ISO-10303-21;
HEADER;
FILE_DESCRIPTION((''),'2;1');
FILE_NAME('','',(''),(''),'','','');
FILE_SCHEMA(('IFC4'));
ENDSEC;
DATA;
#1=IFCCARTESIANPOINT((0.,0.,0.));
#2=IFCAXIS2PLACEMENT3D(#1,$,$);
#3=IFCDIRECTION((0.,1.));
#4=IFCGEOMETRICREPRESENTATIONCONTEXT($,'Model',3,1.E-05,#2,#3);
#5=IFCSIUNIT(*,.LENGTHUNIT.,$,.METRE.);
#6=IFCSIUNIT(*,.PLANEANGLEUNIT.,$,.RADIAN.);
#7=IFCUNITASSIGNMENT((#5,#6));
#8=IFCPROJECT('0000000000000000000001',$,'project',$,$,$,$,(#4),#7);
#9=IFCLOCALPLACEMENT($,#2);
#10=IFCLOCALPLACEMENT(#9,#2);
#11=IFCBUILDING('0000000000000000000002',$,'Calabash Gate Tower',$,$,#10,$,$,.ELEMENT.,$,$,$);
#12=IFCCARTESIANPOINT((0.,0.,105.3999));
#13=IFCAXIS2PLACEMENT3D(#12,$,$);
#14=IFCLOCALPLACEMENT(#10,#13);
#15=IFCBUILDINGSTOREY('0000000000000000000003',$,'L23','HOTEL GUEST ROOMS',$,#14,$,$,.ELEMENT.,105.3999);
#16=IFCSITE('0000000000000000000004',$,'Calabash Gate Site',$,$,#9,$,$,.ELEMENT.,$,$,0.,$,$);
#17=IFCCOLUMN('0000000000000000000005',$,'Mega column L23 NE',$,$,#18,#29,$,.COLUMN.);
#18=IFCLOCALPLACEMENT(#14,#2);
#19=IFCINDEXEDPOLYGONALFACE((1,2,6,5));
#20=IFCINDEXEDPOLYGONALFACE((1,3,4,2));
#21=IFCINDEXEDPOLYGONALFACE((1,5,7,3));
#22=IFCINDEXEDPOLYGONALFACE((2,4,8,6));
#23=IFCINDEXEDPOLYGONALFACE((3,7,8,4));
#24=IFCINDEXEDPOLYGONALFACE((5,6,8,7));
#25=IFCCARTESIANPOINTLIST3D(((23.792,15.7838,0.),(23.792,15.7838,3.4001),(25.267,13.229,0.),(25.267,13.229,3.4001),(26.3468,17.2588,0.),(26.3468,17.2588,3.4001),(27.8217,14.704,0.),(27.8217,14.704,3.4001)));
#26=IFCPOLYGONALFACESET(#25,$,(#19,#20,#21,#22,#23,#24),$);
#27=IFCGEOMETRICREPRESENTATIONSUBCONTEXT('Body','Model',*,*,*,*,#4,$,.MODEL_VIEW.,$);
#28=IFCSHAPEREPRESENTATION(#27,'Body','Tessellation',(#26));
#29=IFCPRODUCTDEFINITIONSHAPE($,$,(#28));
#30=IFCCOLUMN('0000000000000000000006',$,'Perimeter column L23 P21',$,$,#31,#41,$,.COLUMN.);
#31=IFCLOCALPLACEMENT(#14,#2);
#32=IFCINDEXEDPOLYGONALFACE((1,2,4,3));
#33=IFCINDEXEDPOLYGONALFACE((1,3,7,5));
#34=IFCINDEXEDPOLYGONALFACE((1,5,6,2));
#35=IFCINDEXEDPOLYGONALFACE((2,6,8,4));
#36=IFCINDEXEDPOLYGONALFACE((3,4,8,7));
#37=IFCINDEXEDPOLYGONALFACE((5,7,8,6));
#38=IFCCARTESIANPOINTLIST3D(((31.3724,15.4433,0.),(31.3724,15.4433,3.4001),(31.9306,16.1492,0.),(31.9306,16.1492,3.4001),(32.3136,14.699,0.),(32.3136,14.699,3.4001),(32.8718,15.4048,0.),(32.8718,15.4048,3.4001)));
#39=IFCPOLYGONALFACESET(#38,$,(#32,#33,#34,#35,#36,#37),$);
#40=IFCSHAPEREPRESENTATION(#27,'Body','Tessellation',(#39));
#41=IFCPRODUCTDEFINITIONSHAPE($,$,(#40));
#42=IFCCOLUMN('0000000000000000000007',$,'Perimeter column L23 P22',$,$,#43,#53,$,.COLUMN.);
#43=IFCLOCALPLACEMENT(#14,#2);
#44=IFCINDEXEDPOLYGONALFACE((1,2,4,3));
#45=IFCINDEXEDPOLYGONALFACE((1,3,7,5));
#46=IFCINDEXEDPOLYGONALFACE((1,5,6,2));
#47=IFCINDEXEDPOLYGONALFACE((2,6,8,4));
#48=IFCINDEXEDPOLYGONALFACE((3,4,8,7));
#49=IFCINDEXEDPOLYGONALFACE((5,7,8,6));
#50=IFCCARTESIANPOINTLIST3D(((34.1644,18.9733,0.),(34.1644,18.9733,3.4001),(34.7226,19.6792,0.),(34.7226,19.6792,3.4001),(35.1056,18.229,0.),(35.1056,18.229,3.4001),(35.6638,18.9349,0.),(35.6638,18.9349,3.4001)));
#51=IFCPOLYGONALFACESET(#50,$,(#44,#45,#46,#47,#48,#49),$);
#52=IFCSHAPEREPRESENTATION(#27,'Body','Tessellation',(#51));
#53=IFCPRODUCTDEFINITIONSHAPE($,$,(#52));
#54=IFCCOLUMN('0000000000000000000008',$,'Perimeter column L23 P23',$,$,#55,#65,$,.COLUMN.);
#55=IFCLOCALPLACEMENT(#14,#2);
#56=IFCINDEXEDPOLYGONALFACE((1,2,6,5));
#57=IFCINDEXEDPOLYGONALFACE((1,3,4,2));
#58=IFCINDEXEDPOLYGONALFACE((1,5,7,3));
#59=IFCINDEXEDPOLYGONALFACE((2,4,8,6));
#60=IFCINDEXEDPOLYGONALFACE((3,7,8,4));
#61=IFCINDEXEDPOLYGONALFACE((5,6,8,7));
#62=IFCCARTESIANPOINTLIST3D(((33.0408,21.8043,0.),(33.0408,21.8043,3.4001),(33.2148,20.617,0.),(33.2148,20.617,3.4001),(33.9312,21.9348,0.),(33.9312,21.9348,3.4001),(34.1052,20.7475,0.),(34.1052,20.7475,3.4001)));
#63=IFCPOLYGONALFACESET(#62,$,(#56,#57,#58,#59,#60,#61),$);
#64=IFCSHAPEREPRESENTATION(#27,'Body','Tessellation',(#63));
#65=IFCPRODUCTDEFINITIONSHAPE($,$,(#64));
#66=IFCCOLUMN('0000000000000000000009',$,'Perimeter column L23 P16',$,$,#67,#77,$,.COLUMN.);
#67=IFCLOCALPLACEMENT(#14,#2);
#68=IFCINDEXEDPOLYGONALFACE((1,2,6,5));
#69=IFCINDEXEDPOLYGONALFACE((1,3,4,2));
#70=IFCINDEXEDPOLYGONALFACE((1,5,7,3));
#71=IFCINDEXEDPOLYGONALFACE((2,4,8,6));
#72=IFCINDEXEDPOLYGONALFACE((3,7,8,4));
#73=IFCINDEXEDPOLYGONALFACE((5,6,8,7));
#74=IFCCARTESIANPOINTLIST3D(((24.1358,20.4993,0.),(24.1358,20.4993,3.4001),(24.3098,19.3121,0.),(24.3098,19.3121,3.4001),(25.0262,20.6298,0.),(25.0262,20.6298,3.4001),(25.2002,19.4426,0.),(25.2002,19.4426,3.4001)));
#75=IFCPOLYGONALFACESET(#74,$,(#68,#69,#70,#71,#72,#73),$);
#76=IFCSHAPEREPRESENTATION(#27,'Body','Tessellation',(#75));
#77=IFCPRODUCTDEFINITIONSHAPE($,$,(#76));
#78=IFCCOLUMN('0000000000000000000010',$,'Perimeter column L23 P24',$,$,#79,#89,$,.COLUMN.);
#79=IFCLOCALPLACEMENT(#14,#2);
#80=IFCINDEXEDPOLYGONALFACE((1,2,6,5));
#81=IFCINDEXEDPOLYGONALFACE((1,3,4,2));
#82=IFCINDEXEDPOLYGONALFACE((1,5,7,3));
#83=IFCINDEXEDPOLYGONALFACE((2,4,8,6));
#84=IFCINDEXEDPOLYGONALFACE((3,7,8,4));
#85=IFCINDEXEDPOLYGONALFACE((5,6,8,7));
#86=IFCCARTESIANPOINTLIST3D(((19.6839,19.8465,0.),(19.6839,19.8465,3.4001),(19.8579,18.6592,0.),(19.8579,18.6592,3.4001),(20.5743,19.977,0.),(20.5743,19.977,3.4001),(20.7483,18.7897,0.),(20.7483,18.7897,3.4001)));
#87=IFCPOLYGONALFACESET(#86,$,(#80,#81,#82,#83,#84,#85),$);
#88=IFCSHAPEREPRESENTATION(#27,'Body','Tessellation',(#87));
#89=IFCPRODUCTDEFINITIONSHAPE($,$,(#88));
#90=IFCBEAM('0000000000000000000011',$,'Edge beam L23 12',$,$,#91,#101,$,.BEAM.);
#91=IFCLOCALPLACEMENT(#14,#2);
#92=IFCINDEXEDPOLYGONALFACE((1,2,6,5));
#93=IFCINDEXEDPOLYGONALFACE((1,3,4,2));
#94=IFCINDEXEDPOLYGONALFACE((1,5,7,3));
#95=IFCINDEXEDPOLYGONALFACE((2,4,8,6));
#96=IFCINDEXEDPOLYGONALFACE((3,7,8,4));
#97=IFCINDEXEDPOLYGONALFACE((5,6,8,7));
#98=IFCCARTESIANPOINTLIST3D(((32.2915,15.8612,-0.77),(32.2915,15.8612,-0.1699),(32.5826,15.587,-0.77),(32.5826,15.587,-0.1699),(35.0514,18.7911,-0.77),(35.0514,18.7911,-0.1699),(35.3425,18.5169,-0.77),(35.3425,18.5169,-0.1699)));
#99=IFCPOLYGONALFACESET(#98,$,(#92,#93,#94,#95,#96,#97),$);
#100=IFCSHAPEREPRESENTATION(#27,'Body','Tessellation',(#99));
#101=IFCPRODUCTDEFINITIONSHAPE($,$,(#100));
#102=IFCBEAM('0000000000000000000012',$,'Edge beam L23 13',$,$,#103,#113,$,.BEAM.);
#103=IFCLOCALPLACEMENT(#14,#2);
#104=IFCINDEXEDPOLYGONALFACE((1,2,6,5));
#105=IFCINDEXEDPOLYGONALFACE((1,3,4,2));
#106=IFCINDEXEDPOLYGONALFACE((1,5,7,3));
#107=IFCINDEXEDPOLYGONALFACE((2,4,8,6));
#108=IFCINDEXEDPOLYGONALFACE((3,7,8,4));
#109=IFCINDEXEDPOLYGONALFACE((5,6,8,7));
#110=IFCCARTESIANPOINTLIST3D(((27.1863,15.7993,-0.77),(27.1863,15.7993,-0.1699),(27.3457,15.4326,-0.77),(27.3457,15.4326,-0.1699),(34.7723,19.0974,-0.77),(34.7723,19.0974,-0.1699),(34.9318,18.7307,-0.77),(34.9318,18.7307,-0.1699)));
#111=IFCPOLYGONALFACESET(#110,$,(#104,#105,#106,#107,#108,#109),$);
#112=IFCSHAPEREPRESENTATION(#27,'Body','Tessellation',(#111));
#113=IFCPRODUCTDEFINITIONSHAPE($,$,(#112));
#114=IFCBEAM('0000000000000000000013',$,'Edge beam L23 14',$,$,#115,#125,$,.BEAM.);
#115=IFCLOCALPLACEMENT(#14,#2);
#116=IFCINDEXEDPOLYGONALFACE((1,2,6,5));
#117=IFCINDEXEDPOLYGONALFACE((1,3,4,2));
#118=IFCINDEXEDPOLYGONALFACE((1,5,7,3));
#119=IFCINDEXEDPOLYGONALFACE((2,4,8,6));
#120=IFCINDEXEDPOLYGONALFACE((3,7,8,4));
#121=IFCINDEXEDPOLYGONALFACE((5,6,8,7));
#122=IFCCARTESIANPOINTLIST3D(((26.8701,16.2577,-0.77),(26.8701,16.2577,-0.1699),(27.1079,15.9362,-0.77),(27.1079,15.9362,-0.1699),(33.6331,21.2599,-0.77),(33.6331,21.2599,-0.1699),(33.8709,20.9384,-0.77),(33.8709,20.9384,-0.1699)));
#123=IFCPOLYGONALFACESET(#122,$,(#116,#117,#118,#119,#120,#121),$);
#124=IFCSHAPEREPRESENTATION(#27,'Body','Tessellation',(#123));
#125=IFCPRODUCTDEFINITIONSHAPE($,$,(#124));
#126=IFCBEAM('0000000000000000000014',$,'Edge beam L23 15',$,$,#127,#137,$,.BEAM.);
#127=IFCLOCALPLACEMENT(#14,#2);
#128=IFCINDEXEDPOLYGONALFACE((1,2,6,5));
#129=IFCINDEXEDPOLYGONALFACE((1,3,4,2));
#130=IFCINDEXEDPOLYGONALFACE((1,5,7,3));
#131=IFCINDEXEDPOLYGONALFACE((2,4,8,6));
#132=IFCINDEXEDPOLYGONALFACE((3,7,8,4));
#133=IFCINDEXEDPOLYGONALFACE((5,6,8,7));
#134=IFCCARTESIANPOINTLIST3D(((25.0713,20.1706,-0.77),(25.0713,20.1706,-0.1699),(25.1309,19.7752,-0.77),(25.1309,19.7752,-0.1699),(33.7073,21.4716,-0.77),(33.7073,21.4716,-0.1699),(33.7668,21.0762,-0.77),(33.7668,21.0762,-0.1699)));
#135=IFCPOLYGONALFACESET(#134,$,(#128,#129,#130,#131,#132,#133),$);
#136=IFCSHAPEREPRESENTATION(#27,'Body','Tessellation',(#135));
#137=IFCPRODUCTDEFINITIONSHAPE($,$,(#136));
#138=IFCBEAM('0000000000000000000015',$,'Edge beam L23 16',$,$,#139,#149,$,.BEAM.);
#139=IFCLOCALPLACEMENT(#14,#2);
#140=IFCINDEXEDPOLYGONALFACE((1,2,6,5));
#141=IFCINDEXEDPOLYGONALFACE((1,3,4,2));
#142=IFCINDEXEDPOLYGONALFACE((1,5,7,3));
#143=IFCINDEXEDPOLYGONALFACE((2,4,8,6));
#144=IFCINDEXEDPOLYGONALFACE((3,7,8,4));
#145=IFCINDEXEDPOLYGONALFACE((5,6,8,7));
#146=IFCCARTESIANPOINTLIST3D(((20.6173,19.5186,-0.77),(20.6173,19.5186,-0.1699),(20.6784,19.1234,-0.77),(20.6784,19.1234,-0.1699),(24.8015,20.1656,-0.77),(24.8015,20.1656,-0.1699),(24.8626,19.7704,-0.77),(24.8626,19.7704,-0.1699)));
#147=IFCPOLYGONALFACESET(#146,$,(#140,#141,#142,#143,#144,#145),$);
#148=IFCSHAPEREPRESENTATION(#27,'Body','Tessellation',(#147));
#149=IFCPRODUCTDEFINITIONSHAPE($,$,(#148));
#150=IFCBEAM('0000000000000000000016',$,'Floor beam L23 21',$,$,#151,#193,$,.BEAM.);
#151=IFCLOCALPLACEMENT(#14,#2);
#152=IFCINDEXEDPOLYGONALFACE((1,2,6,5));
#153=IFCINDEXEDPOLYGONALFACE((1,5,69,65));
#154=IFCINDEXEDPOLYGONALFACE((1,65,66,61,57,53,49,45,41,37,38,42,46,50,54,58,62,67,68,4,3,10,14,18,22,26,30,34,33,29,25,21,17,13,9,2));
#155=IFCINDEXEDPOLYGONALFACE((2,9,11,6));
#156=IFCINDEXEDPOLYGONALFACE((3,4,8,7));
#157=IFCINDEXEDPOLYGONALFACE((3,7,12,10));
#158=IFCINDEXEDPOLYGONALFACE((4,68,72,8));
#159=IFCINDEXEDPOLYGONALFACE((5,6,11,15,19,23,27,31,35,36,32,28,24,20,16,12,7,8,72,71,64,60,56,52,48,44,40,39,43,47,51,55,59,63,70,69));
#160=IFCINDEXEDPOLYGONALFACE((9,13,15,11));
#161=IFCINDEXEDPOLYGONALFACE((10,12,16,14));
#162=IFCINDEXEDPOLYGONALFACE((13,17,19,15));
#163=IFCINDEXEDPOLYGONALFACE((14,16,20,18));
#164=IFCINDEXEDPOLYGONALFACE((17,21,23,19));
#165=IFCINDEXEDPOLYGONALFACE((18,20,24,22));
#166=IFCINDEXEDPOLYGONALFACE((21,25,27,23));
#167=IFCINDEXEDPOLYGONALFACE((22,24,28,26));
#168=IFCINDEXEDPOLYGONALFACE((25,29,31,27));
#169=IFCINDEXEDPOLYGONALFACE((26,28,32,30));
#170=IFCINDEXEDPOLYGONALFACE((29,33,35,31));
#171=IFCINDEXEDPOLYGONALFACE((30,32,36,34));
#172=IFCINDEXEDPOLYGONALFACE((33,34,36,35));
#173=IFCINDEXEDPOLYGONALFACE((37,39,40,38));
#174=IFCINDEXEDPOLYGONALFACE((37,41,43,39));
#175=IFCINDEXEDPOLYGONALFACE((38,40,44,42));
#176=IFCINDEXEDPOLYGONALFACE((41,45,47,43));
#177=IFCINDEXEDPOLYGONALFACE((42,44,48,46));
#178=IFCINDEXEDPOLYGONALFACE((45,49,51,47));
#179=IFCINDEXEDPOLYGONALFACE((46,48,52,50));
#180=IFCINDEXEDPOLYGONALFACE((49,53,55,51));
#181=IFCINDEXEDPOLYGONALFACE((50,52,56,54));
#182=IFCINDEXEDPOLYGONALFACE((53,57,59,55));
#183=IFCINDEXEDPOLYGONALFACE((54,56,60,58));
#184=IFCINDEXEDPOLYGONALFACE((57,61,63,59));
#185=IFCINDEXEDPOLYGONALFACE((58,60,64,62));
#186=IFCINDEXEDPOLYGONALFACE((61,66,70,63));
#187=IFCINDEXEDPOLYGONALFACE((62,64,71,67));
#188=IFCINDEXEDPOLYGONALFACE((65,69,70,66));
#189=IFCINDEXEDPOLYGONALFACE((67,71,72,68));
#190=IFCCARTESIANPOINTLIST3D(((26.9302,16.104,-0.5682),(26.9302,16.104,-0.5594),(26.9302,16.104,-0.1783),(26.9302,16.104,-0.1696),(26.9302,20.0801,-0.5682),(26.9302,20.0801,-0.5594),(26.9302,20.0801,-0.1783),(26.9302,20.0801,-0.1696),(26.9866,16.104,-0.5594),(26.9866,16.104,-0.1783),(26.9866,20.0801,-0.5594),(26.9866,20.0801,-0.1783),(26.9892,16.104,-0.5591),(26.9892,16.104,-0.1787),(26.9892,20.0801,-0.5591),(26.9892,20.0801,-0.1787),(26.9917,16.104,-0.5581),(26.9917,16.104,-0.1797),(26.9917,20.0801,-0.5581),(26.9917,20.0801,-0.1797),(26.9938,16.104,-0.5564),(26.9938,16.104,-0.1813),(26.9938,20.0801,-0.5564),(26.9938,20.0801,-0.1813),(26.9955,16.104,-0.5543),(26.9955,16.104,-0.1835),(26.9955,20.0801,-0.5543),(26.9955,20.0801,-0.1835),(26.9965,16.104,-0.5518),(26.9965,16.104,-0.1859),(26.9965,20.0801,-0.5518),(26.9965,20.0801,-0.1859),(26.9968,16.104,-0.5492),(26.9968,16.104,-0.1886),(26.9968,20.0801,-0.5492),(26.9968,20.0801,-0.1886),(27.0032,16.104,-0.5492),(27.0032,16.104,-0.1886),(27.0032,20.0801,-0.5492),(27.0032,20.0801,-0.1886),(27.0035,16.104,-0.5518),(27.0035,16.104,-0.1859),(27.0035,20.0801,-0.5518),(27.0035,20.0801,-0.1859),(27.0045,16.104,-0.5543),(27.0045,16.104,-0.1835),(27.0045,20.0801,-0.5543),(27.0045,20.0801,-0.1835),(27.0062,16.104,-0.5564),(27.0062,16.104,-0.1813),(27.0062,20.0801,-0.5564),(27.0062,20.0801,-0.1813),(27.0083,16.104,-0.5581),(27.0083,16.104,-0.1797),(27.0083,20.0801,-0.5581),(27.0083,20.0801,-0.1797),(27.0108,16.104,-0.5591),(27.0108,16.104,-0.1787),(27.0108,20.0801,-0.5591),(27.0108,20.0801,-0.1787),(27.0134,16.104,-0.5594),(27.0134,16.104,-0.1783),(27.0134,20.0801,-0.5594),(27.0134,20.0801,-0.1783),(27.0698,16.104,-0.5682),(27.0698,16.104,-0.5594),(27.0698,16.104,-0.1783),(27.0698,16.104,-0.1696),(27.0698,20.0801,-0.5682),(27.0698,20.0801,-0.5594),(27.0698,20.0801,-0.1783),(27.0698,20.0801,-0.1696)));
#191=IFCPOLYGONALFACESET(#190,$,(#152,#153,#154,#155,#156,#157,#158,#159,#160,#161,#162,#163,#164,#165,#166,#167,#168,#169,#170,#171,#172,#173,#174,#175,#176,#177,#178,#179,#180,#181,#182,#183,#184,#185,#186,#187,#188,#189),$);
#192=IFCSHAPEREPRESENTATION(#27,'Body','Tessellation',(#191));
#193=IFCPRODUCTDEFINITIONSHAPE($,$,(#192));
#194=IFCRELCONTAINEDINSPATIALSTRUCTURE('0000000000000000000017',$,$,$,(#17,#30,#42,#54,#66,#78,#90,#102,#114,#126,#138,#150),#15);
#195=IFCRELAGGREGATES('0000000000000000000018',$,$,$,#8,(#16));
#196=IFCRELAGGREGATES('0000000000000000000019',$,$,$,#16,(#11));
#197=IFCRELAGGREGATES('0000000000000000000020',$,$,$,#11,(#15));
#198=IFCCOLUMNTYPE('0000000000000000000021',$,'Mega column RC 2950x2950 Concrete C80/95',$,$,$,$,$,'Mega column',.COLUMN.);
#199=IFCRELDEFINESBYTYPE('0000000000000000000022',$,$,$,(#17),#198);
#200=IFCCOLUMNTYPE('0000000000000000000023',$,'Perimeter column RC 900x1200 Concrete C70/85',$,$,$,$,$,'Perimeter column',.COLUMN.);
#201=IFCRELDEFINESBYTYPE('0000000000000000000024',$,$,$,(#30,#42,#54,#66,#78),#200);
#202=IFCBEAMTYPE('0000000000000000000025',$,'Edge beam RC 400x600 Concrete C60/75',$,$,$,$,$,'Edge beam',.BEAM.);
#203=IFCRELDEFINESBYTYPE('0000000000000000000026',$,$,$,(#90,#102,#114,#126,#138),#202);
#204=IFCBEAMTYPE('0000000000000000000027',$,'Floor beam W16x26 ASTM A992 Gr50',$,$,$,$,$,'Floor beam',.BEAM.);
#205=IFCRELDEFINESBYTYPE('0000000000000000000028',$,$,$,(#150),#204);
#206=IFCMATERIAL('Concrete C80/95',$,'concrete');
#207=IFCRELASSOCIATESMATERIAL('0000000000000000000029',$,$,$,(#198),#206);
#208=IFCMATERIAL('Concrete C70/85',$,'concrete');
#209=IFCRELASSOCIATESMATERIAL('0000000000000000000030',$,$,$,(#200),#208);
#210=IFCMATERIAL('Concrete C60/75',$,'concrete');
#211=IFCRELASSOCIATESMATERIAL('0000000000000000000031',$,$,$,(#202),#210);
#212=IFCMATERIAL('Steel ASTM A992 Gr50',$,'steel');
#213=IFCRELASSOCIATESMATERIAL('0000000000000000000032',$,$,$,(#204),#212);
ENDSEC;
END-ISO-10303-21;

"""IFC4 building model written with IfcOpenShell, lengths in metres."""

from ifc_helpers import new_model, si_unit, direction, frame, origin, origin_2d, place, context, subcontext, project, spatial, rectangle, i_section, extrude, material, material_profile, profile_set, type_object, element, save


model = new_model("IFC4")

# Units and contexts
model_context = context("Model", 3, precision=1e-05, world=origin(), true_north=direction((0.0, 1.0)))
body_context = subcontext(model_context, "Body", "Model", "MODEL_VIEW")
ifc_project = project(units=[si_unit("LENGTHUNIT", "METRE"), si_unit("PLANEANGLEUNIT", "RADIAN")], contexts=[model_context])

# Site, building, storey
site_placement = place(None, origin())
site = spatial("IfcSite", under=ifc_project, at=site_placement, Name="Calabash Gate Site", CompositionType="ELEMENT", RefElevation=0.0)
building_placement = place(site_placement, origin())
building = spatial("IfcBuilding", under=site, at=building_placement, Name="Calabash Gate Tower", CompositionType="ELEMENT")
storey_placement = place(building_placement, frame((0.0, 0.0, 105.3999)))
storey = spatial("IfcBuildingStorey", under=building, at=storey_placement, Name="L23", Description="HOTEL GUEST ROOMS", CompositionType="ELEMENT", Elevation=105.3999)

# Columns
ifc_material_1 = material(Name="Concrete C80/95", Category="concrete")
ifc_material_profile_1 = material_profile(ifc_material_1, rectangle(XDim=2.95, YDim=2.95, at=origin_2d()))
ifc_profile_set_1 = profile_set([ifc_material_profile_1], Name="Concrete C80/95")
column_type_1 = type_object("IfcColumnType", Name="Mega column RC 2950x2950 Concrete C80/95", ElementType="Mega column", PredefinedType="COLUMN", material=ifc_profile_set_1)
column_placement = place(storey_placement, frame((25.8069, 15.2439, 0.0), z_axis=(0.0, 0.0, 1.0), x_axis=(-0.866025, -0.5, 0.0)))
element("IfcColumn", 1, at=column_placement, inside=storey, type_object=column_type_1, Name="Mega column L23 NE", PredefinedType="COLUMN", context=body_context, shape_type="SweptSolid", body=[
    extrude(rectangle(XDim=2.95, YDim=2.95, at=origin_2d()), origin(), (0.0, 0.0, 1.0), 3.4001),
])
ifc_material_2 = material(Name="Concrete C70/85", Category="concrete")
ifc_material_profile_2 = material_profile(ifc_material_2, rectangle(XDim=0.8999, YDim=1.2, at=origin_2d()))
ifc_profile_set_2 = profile_set([ifc_material_profile_2], Name="Concrete C70/85")
column_type_2 = type_object("IfcColumnType", Name="Perimeter column RC 900x1200 Concrete C70/85", ElementType="Perimeter column", PredefinedType="COLUMN", material=ifc_profile_set_2)
for number, where, z_axis, x_axis, name in (
    (2, (32.1221, 15.4241, 0.0), (0.0, 0.0, 1.0), (0.620301, 0.784364, 0.0), "Perimeter column L23 P21"),
    (3, (34.9141, 18.9541, 0.0), (0.0, 0.0, 1.0), (0.620301, 0.784364, 0.0), "Perimeter column L23 P22"),
    (4, (33.573, 21.2759, 0.0), (0.0, 0.0, 1.0), (-0.98943, -0.145015, 0.0), "Perimeter column L23 P23"),
    (5, (24.668, 19.9709, 0.0), (0.0, 0.0, 1.0), (-0.98943, -0.145015, 0.0), "Perimeter column L23 P16"),
    (6, (20.2161, 19.3181, 0.0), (0.0, 0.0, 1.0), (-0.98943, -0.145015, 0.0), "Perimeter column L23 P24"),
):
    element("IfcColumn", number, at=place(storey_placement, frame(where, z_axis=z_axis, x_axis=x_axis)), inside=storey, type_object=column_type_2, Name=name, PredefinedType="COLUMN", context=body_context, shape_type="SweptSolid", body=[
        extrude(rectangle(XDim=0.8999, YDim=1.2, at=origin_2d()), origin(), (0.0, 0.0, 1.0), 3.4001),
    ])

# Beams
ifc_material_3 = material(Name="Concrete C60/75", Category="concrete")
ifc_material_profile_3 = material_profile(ifc_material_3, rectangle(XDim=0.3999, YDim=0.6001, at=origin_2d()))
ifc_profile_set_3 = profile_set([ifc_material_profile_3], Name="Concrete C60/75")
beam_type_1 = type_object("IfcBeamType", Name="Edge beam RC 400x600 Concrete C60/75", ElementType="Edge beam", PredefinedType="BEAM", material=ifc_profile_set_3)
beam_1_placement = place(storey_placement, frame((32.437, 15.7241, -0.47), z_axis=(0.685684, 0.727899, 0.0), x_axis=(-0.727899, 0.685684, 0.0)))
element("IfcBeam", 7, at=beam_1_placement, inside=storey, type_object=beam_type_1, Name="Edge beam L23 12", PredefinedType="BEAM", context=body_context, shape_type="SweptSolid", body=[
    extrude(rectangle(XDim=0.3999, YDim=0.6001, at=origin_2d()), origin(), (0.0, 0.0, 1.0), 4.0251),
])
beam_2_placement = place(storey_placement, frame((34.8521, 18.9141, -0.47), z_axis=(-0.917076, -0.398712, 0.0), x_axis=(0.398712, -0.917076, 0.0)))
element("IfcBeam", 8, at=beam_2_placement, inside=storey, type_object=beam_type_1, Name="Edge beam L23 13", PredefinedType="BEAM", context=body_context, shape_type="SweptSolid", body=[
    extrude(rectangle(XDim=0.3999, YDim=0.6001, at=origin_2d()), origin(), (0.0, 0.0, 1.0), 8.272),
])
beam_3_placement = place(storey_placement, frame((26.989, 16.0969, -0.47), z_axis=(0.803977, 0.59466, 0.0), x_axis=(-0.59466, 0.803977, 0.0)))
element("IfcBeam", 9, at=beam_3_placement, inside=storey, type_object=beam_type_1, Name="Edge beam L23 14", PredefinedType="BEAM", context=body_context, shape_type="SweptSolid", body=[
    extrude(rectangle(XDim=0.3999, YDim=0.6001, at=origin_2d()), origin(), (0.0, 0.0, 1.0), 8.4119),
])
beam_4_placement = place(storey_placement, frame((33.7371, 21.2739, -0.47), z_axis=(-0.988842, -0.148971, 0.0), x_axis=(0.148971, -0.988842, 0.0)))
element("IfcBeam", 10, at=beam_4_placement, inside=storey, type_object=beam_type_1, Name="Edge beam L23 15", PredefinedType="BEAM", context=body_context, shape_type="SweptSolid", body=[
    extrude(rectangle(XDim=0.3999, YDim=0.6001, at=origin_2d()), origin(), (0.0, 0.0, 1.0), 8.7334),
])
beam_5_placement = place(storey_placement, frame((24.832, 19.968, -0.47), z_axis=(-0.988255, -0.152811, 0.0), x_axis=(0.152811, -0.988255, 0.0)))
element("IfcBeam", 11, at=beam_5_placement, inside=storey, type_object=beam_type_1, Name="Edge beam L23 16", PredefinedType="BEAM", context=body_context, shape_type="SweptSolid", body=[
    extrude(rectangle(XDim=0.3999, YDim=0.6001, at=origin_2d()), origin(), (0.0, 0.0, 1.0), 4.2339),
])
ifc_material_4 = material(Name="Steel ASTM A992 Gr50", Category="steel")
ifc_material_profile_4 = material_profile(ifc_material_4, i_section(OverallWidth=0.1396, OverallDepth=0.3987, WebThickness=0.0063, FlangeThickness=0.0088, FilletRadius=0.0103, at=origin_2d()))
ifc_profile_set_4 = profile_set([ifc_material_profile_4], Name="Steel ASTM A992 Gr50")
beam_type_2 = type_object("IfcBeamType", Name="Floor beam W16x26 ASTM A992 Gr50", ElementType="Floor beam", PredefinedType="BEAM", material=ifc_profile_set_4)
beam_6_placement = place(storey_placement, frame((27.0, 16.104, -0.3689), z_axis=(0.0, 1.0, 0.0), x_axis=(-1.0, 0.0, 0.0)))
element("IfcBeam", 12, at=beam_6_placement, inside=storey, type_object=beam_type_2, Name="Floor beam L23 21", PredefinedType="BEAM", context=body_context, shape_type="SweptSolid", body=[
    extrude(i_section(OverallWidth=0.1396, OverallDepth=0.3987, WebThickness=0.0063, FlangeThickness=0.0088, FilletRadius=0.0103, at=origin_2d()), origin(), (0.0, 0.0, 1.0), 3.9761),
])

save(model, "model.ifc")
